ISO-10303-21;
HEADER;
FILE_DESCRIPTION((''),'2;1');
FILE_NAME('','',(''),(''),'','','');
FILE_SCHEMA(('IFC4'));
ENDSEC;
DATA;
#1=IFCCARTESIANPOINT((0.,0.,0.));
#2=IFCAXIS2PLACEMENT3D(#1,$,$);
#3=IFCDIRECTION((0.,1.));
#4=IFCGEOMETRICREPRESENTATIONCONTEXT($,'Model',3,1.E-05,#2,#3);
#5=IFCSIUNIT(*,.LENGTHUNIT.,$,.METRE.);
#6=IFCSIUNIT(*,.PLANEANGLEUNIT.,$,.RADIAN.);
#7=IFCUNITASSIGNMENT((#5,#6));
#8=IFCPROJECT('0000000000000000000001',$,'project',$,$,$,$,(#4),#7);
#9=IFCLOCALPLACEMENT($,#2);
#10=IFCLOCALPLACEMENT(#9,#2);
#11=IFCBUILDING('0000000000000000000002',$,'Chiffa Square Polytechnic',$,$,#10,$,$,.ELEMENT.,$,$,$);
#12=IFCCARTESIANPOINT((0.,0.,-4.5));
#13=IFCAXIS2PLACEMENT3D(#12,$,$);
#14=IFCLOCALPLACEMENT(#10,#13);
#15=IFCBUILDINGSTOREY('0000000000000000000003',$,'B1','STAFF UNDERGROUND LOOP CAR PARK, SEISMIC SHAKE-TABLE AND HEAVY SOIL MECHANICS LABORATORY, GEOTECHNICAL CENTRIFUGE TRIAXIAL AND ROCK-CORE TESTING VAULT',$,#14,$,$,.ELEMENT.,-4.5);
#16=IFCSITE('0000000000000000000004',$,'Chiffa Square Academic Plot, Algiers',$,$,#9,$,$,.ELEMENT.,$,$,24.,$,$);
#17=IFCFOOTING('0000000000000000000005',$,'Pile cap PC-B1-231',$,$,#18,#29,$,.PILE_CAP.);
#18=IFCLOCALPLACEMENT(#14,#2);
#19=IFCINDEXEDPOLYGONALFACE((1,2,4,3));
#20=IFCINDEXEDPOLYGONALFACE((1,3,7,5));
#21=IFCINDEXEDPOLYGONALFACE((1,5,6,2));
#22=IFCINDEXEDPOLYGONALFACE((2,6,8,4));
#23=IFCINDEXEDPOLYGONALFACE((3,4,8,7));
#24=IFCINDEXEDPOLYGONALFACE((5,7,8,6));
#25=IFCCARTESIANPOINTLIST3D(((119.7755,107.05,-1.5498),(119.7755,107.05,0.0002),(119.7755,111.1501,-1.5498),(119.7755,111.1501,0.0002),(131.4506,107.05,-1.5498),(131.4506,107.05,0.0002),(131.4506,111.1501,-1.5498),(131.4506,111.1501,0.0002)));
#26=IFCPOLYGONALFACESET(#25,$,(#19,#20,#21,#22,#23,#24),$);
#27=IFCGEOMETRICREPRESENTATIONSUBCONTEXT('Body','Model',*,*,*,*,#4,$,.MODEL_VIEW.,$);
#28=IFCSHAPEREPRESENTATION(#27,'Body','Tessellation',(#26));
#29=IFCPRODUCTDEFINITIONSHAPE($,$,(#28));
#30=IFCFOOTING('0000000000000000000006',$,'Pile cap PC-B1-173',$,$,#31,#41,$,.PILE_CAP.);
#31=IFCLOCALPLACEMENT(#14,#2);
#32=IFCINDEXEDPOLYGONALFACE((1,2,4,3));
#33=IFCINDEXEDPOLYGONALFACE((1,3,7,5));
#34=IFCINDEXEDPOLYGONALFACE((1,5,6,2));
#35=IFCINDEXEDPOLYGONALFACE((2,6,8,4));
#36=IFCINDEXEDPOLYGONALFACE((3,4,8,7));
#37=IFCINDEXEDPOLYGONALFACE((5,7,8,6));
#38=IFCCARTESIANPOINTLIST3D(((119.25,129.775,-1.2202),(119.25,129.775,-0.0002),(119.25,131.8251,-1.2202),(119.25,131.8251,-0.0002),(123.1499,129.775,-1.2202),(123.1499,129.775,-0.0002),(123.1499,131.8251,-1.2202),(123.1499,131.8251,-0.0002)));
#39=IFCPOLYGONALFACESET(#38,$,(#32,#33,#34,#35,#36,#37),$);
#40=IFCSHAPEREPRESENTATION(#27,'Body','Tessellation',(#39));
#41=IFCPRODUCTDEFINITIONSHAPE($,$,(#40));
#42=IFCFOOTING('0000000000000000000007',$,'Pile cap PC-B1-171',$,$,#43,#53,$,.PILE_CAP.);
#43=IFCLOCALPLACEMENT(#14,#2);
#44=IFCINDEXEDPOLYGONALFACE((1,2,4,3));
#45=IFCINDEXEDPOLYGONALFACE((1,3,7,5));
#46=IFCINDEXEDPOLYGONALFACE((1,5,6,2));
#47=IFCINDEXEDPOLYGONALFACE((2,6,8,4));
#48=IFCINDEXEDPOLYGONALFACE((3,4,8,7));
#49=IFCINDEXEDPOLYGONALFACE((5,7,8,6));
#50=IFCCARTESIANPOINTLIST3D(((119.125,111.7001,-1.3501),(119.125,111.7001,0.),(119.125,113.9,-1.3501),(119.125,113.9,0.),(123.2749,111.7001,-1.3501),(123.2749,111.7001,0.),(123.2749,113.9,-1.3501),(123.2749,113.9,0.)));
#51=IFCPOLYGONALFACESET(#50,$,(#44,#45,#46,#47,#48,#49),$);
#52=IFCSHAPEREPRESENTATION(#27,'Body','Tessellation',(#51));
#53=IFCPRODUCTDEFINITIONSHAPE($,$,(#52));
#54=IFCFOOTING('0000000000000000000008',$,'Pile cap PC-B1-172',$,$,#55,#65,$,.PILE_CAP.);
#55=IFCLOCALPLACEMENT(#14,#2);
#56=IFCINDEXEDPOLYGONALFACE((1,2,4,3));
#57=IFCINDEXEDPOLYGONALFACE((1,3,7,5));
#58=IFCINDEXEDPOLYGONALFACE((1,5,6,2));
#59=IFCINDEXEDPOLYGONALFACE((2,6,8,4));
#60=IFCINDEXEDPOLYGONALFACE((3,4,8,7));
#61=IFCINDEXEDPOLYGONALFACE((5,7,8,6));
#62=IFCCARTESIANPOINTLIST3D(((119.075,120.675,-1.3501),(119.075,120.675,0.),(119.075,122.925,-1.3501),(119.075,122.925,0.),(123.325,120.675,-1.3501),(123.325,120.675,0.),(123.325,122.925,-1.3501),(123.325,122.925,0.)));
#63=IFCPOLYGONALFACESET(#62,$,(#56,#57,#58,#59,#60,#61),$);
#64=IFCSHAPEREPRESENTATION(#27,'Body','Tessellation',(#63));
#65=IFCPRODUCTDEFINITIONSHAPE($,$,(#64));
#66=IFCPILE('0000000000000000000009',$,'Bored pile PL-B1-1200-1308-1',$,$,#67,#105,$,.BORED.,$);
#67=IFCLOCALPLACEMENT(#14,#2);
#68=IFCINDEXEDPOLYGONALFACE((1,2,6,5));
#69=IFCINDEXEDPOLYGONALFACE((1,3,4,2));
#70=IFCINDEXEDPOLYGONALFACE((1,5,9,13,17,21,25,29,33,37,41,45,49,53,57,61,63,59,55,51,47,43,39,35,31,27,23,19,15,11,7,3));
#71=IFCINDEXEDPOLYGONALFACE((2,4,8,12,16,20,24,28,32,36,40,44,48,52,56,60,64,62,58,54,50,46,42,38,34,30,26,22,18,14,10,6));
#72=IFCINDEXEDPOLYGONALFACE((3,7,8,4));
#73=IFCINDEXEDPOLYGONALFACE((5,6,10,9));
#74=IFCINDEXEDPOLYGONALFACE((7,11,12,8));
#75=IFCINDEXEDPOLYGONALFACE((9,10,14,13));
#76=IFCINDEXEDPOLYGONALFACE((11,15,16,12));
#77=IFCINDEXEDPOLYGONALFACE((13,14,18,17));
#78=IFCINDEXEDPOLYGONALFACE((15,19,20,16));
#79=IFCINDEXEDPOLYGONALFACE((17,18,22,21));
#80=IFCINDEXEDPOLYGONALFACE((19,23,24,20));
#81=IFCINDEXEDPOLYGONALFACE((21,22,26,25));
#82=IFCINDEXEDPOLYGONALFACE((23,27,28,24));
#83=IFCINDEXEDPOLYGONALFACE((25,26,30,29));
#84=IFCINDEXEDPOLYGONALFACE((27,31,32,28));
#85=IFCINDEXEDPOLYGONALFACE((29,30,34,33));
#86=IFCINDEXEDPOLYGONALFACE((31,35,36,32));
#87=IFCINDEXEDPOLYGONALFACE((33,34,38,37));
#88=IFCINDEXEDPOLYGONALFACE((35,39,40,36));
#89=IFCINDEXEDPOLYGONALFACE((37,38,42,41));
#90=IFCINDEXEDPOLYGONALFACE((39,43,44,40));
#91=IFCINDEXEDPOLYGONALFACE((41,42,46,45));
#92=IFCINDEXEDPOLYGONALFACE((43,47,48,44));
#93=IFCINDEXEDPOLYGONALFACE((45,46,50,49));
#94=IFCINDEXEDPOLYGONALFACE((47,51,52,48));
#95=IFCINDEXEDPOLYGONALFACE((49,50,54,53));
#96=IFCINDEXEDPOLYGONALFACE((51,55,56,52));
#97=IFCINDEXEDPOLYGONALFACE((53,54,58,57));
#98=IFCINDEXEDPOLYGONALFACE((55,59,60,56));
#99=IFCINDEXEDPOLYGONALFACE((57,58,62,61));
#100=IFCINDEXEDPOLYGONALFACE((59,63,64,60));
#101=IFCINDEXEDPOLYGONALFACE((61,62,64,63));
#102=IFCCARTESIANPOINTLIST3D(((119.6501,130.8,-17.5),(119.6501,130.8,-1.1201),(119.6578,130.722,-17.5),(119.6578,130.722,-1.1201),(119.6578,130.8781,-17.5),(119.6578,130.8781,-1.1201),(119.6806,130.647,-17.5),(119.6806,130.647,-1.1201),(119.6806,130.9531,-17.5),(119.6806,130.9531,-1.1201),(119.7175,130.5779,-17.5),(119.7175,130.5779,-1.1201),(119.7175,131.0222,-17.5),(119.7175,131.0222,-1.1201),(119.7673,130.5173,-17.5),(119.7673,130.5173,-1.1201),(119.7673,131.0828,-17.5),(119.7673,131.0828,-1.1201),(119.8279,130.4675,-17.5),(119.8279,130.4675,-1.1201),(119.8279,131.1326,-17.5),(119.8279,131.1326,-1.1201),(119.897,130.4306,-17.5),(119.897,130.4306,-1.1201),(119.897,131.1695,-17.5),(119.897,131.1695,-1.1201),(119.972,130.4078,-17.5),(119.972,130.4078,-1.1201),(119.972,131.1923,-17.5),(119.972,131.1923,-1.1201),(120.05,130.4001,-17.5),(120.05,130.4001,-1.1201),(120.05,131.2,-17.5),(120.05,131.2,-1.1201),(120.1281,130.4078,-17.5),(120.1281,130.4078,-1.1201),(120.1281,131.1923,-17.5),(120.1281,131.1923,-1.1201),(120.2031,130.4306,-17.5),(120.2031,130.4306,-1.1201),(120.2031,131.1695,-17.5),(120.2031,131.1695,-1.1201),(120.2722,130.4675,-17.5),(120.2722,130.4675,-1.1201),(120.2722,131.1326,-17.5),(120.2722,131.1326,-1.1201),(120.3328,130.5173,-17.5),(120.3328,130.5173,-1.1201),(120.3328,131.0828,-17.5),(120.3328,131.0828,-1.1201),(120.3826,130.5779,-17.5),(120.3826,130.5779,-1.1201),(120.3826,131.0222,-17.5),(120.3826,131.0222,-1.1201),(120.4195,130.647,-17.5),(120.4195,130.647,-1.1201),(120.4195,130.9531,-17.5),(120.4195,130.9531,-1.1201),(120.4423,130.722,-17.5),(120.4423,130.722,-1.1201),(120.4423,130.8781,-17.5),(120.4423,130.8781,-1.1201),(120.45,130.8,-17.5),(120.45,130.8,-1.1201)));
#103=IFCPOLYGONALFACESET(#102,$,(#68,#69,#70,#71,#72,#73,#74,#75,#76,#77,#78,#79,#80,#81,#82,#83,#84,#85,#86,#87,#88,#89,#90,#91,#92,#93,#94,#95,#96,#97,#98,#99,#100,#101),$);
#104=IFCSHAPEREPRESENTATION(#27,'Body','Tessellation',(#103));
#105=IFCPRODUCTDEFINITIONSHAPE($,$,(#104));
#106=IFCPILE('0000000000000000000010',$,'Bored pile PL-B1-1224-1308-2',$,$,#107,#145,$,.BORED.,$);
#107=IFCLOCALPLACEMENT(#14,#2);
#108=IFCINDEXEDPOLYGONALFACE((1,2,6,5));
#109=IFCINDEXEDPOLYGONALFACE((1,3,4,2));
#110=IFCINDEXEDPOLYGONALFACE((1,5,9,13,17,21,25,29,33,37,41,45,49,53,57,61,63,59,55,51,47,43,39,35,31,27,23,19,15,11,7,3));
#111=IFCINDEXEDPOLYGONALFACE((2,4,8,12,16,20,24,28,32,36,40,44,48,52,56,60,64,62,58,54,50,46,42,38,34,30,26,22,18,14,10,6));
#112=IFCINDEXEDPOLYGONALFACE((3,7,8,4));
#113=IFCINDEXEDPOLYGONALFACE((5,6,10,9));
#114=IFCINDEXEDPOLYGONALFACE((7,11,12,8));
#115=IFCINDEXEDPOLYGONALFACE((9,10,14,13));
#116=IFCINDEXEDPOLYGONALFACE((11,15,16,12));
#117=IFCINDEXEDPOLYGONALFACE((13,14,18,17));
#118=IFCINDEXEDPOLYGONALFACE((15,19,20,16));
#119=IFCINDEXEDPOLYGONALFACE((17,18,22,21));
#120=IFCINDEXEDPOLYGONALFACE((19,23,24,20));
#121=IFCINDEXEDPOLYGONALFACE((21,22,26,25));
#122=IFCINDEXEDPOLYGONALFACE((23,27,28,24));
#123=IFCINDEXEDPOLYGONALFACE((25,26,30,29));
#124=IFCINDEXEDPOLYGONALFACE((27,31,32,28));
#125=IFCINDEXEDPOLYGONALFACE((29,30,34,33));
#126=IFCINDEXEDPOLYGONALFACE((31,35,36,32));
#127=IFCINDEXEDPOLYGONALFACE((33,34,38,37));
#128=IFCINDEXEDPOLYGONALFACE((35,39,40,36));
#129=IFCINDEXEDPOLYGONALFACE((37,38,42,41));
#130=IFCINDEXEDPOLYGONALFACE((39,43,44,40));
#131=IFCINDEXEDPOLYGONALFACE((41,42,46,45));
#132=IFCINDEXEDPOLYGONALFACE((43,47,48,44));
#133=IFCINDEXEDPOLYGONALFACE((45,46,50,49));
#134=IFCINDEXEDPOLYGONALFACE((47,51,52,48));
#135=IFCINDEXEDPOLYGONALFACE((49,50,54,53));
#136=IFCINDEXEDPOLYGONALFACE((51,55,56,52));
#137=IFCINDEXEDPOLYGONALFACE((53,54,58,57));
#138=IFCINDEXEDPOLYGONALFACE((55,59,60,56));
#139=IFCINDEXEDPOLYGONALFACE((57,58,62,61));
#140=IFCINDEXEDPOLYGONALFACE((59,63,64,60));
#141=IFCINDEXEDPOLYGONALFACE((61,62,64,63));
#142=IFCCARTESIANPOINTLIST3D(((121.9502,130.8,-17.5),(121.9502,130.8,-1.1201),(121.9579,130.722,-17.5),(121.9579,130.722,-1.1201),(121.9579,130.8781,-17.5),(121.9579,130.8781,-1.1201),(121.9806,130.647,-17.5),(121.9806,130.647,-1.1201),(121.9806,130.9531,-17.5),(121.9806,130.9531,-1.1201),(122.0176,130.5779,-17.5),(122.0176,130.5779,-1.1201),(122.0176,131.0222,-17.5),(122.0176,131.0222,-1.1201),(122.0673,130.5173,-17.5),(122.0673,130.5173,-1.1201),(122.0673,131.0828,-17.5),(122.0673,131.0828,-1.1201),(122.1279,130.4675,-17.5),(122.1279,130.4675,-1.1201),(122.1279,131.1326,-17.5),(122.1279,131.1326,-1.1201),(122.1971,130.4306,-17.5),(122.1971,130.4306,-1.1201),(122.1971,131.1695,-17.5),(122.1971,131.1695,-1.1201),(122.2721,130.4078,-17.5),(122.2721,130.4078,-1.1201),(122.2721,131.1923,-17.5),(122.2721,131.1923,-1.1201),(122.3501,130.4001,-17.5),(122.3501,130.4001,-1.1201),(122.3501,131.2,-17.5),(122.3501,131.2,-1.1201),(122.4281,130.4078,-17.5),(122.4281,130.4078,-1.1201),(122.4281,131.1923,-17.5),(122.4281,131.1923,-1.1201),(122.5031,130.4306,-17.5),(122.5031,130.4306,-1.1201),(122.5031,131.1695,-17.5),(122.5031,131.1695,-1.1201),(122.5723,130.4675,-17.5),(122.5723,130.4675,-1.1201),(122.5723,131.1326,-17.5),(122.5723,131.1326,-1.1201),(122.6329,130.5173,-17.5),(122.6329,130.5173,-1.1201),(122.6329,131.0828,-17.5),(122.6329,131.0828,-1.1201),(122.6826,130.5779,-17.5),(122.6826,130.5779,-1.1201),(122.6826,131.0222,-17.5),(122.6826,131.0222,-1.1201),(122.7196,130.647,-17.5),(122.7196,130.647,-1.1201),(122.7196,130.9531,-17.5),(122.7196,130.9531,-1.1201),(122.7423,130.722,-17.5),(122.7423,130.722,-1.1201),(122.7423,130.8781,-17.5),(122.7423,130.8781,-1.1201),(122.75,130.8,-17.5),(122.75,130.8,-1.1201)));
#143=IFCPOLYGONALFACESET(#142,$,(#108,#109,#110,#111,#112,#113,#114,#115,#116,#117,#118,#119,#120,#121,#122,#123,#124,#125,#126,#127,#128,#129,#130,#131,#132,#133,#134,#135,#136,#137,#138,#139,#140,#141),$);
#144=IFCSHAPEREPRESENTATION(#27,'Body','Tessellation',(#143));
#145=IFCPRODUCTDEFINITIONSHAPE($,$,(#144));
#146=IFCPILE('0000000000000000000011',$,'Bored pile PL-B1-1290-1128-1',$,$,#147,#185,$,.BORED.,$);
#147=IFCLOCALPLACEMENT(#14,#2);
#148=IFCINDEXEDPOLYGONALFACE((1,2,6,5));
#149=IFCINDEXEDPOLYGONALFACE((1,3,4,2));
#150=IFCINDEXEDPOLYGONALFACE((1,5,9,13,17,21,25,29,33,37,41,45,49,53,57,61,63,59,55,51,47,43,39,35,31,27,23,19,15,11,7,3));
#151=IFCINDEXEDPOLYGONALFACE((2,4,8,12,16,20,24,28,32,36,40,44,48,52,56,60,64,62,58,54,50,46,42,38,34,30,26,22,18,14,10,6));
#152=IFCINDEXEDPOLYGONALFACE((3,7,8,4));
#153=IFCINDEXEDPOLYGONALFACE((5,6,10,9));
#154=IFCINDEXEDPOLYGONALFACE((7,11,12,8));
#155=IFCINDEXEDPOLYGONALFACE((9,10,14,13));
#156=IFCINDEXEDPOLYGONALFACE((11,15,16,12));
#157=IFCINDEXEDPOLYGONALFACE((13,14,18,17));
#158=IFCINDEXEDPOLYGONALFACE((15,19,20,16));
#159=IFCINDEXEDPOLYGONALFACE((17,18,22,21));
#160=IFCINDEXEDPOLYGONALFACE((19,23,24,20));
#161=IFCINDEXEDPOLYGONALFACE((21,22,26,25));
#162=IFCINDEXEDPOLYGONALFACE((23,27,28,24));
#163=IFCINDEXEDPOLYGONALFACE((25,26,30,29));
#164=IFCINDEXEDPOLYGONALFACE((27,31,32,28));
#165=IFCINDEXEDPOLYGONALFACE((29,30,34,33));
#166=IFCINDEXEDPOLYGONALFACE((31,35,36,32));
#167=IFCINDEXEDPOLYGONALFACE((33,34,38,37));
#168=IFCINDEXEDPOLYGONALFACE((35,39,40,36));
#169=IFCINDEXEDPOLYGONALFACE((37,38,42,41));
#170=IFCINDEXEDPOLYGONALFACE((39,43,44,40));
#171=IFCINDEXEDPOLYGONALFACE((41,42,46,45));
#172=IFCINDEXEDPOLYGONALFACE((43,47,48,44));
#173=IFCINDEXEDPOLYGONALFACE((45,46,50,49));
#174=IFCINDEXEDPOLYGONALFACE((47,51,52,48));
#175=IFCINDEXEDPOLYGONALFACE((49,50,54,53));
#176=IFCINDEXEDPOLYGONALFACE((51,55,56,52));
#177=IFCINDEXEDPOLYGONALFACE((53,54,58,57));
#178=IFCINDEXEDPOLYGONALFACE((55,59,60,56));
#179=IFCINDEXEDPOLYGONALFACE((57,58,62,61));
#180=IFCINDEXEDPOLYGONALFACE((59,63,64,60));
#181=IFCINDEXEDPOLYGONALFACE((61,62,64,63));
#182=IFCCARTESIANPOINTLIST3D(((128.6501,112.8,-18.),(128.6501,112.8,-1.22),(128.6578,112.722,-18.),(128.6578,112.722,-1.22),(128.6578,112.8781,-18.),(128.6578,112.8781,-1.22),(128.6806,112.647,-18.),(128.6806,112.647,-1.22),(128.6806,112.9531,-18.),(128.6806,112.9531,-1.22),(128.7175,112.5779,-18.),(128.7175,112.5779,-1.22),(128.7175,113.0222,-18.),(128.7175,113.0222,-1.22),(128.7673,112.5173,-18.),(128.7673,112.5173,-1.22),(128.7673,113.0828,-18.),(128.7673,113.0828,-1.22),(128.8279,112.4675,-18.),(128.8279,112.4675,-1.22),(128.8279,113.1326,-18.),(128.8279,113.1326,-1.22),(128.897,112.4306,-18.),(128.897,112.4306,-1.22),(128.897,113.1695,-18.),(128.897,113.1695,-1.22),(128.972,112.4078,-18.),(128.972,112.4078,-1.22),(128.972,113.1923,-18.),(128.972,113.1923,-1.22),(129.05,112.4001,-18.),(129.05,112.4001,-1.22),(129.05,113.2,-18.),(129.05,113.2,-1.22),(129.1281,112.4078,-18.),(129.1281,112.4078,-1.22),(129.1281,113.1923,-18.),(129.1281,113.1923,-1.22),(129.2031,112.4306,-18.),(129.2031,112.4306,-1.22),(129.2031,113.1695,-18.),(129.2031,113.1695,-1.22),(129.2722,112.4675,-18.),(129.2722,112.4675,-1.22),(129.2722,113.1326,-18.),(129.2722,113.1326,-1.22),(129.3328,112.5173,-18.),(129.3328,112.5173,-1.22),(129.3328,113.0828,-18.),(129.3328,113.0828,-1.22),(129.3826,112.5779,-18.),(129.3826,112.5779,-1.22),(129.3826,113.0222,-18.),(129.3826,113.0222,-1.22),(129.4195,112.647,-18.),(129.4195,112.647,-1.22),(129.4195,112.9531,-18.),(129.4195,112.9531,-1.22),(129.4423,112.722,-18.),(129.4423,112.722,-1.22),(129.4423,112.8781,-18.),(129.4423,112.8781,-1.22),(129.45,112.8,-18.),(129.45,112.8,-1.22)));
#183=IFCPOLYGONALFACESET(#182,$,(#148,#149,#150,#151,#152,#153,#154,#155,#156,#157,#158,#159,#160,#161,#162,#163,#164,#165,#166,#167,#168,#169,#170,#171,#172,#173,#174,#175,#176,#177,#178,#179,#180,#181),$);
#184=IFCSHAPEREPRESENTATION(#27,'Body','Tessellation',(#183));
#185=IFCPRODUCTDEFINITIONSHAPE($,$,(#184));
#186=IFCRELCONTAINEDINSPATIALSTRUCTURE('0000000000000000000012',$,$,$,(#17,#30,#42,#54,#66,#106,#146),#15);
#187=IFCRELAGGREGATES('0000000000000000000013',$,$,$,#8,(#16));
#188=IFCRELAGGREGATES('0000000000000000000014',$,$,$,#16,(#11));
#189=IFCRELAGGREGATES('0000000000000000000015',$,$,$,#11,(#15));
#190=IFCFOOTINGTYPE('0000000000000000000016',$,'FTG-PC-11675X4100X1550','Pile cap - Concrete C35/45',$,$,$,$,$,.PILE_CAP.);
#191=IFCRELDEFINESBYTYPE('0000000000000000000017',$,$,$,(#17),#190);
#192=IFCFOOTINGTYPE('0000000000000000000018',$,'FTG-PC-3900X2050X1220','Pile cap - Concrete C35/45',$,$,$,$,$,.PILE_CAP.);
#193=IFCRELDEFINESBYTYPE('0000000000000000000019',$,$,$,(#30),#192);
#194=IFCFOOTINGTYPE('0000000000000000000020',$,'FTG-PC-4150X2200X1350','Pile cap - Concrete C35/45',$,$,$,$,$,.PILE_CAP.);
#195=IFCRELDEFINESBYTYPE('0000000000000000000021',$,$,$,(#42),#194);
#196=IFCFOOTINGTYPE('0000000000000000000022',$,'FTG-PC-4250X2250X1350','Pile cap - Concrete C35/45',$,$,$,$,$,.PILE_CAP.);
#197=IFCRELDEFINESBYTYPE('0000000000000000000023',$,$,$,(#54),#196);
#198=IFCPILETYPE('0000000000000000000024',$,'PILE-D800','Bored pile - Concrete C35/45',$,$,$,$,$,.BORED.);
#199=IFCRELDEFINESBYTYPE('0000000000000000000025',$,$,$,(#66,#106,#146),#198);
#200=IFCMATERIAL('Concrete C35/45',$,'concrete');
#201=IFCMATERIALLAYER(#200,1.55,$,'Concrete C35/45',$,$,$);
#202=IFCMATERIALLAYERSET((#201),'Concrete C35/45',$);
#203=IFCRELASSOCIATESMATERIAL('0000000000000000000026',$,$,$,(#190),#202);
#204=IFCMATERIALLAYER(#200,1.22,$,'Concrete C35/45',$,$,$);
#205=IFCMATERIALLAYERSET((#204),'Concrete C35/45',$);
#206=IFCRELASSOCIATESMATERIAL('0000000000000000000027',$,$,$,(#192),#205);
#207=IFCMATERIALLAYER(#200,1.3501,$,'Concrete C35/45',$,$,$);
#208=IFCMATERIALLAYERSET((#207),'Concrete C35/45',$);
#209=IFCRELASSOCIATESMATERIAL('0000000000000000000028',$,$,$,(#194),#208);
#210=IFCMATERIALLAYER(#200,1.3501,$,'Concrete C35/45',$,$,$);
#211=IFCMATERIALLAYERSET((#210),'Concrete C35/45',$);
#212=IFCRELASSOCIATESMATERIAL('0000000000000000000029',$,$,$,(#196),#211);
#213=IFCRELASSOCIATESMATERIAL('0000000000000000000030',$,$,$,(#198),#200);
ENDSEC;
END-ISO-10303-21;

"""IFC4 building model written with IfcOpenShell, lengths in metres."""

from ifc_helpers import new_model, si_unit, direction, frame, origin, origin_2d, place, context, subcontext, project, spatial, rectangle, circle, extrude, material, layer, layer_set, material_profile, profile_set, type_object, element, save


model = new_model("IFC4")

# Units and contexts
model_context = context("Model", 3, precision=1e-05, world=origin(), true_north=direction((0.0, 1.0)))
body_context = subcontext(model_context, "Body", "Model", "MODEL_VIEW")
ifc_project = project(units=[si_unit("LENGTHUNIT", "METRE"), si_unit("PLANEANGLEUNIT", "RADIAN")], contexts=[model_context])

# Site, building, storey
site_placement = place(None, origin())
site = spatial("IfcSite", under=ifc_project, at=site_placement, Name="Chiffa Square Academic Plot, Algiers", CompositionType="ELEMENT", RefElevation=24.0)
building_placement = place(site_placement, origin())
building = spatial("IfcBuilding", under=site, at=building_placement, Name="Chiffa Square Polytechnic", CompositionType="ELEMENT")
storey_placement = place(building_placement, frame((0.0, 0.0, -4.5)))
storey = spatial("IfcBuildingStorey", under=building, at=storey_placement, Name="B1", Description="STAFF UNDERGROUND LOOP CAR PARK, SEISMIC SHAKE-TABLE AND HEAVY SOIL MECHANICS LABORATORY, GEOTECHNICAL CENTRIFUGE TRIAXIAL AND ROCK-CORE TESTING VAULT", CompositionType="ELEMENT", Elevation=-4.5)

# Footings
ifc_material_1 = material(Name="Concrete C35/45", Category="concrete")
ifc_layer_1 = layer(ifc_material_1, 1.55, Name="Concrete C35/45")
ifc_layer_set_1 = layer_set([ifc_layer_1], Name="Concrete C35/45")
footing_type_1 = type_object("IfcFootingType", Name="FTG-PC-11675X4100X1550", Description="Pile cap - Concrete C35/45", PredefinedType="PILE_CAP", material=ifc_layer_set_1)
footing_1_placement = place(storey_placement, frame((125.613, 109.1001, -1.5498), z_axis=(0.0, 0.0, 1.0), x_axis=(1.0, 0.0, 0.0)))
element("IfcFooting", 1, at=footing_1_placement, inside=storey, type_object=footing_type_1, Name="Pile cap PC-B1-231", PredefinedType="PILE_CAP", context=body_context, shape_type="SweptSolid", body=[
    extrude(rectangle(XDim=11.675, YDim=4.1001, at=origin_2d()), origin(), (0.0, 0.0, 1.0), 1.55),
])
ifc_layer_2 = layer(ifc_material_1, 1.22, Name="Concrete C35/45")
ifc_layer_set_2 = layer_set([ifc_layer_2], Name="Concrete C35/45")
footing_type_2 = type_object("IfcFootingType", Name="FTG-PC-3900X2050X1220", Description="Pile cap - Concrete C35/45", PredefinedType="PILE_CAP", material=ifc_layer_set_2)
footing_2_placement = place(storey_placement, frame((121.2, 130.8, -1.2202), z_axis=(0.0, 0.0, 1.0), x_axis=(1.0, 0.0, 0.0)))
element("IfcFooting", 2, at=footing_2_placement, inside=storey, type_object=footing_type_2, Name="Pile cap PC-B1-173", PredefinedType="PILE_CAP", context=body_context, shape_type="SweptSolid", body=[
    extrude(rectangle(XDim=3.8999, YDim=2.05, at=origin_2d()), origin(), (0.0, 0.0, 1.0), 1.22),
])
ifc_layer_3 = layer(ifc_material_1, 1.3501, Name="Concrete C35/45")
ifc_layer_set_3 = layer_set([ifc_layer_3], Name="Concrete C35/45")
footing_type_3 = type_object("IfcFootingType", Name="FTG-PC-4150X2200X1350", Description="Pile cap - Concrete C35/45", PredefinedType="PILE_CAP", material=ifc_layer_set_3)
footing_3_placement = place(storey_placement, frame((121.2, 112.8, -1.3501), z_axis=(0.0, 0.0, 1.0), x_axis=(1.0, 0.0, 0.0)))
element("IfcFooting", 3, at=footing_3_placement, inside=storey, type_object=footing_type_3, Name="Pile cap PC-B1-171", PredefinedType="PILE_CAP", context=body_context, shape_type="SweptSolid", body=[
    extrude(rectangle(XDim=4.1499, YDim=2.2, at=origin_2d()), origin(), (0.0, 0.0, 1.0), 1.3501),
])
ifc_layer_4 = layer(ifc_material_1, 1.3501, Name="Concrete C35/45")
ifc_layer_set_4 = layer_set([ifc_layer_4], Name="Concrete C35/45")
footing_type_4 = type_object("IfcFootingType", Name="FTG-PC-4250X2250X1350", Description="Pile cap - Concrete C35/45", PredefinedType="PILE_CAP", material=ifc_layer_set_4)
footing_4_placement = place(storey_placement, frame((121.2, 121.8, -1.3501), z_axis=(0.0, 0.0, 1.0), x_axis=(1.0, 0.0, 0.0)))
element("IfcFooting", 4, at=footing_4_placement, inside=storey, type_object=footing_type_4, Name="Pile cap PC-B1-172", PredefinedType="PILE_CAP", context=body_context, shape_type="SweptSolid", body=[
    extrude(rectangle(XDim=4.25, YDim=2.25, at=origin_2d()), origin(), (0.0, 0.0, 1.0), 1.3501),
])

# Piles
ifc_material_profile_1 = material_profile(ifc_material_1, circle(Radius=0.3999, at=origin_2d()), Name="PILE D800")
ifc_profile_set_1 = profile_set([ifc_material_profile_1], Name="Concrete C35/45")
pile_type_1 = type_object("IfcPileType", Name="PILE-D800", Description="Bored pile - Concrete C35/45", PredefinedType="BORED", material=ifc_profile_set_1)
for number, where, z_axis, x_axis, name in (
    (5, (120.05, 130.8, -1.1201), (0.0, 0.0, -1.0), (1.0, 0.0, 0.0), "Bored pile PL-B1-1200-1308-1"),
    (6, (122.3501, 130.8, -1.1201), (0.0, 0.0, -1.0), (1.0, 0.0, 0.0), "Bored pile PL-B1-1224-1308-2"),
):
    element("IfcPile", number, at=place(storey_placement, frame(where, z_axis=z_axis, x_axis=x_axis)), inside=storey, type_object=pile_type_1, Name=name, PredefinedType="BORED", context=body_context, shape_type="SweptSolid", body=[
        extrude(circle(Radius=0.3999, at=origin_2d()), origin(), (0.0, 0.0, 1.0), 16.3799),
    ])
pile_1_placement = place(storey_placement, frame((129.05, 112.8, -1.22), z_axis=(0.0, 0.0, -1.0), x_axis=(1.0, 0.0, 0.0)))
element("IfcPile", 7, at=pile_1_placement, inside=storey, type_object=pile_type_1, Name="Bored pile PL-B1-1290-1128-1", PredefinedType="BORED", context=body_context, shape_type="SweptSolid", body=[
    extrude(circle(Radius=0.3999, at=origin_2d()), origin(), (0.0, 0.0, 1.0), 16.78),
])

save(model, "model.ifc")
